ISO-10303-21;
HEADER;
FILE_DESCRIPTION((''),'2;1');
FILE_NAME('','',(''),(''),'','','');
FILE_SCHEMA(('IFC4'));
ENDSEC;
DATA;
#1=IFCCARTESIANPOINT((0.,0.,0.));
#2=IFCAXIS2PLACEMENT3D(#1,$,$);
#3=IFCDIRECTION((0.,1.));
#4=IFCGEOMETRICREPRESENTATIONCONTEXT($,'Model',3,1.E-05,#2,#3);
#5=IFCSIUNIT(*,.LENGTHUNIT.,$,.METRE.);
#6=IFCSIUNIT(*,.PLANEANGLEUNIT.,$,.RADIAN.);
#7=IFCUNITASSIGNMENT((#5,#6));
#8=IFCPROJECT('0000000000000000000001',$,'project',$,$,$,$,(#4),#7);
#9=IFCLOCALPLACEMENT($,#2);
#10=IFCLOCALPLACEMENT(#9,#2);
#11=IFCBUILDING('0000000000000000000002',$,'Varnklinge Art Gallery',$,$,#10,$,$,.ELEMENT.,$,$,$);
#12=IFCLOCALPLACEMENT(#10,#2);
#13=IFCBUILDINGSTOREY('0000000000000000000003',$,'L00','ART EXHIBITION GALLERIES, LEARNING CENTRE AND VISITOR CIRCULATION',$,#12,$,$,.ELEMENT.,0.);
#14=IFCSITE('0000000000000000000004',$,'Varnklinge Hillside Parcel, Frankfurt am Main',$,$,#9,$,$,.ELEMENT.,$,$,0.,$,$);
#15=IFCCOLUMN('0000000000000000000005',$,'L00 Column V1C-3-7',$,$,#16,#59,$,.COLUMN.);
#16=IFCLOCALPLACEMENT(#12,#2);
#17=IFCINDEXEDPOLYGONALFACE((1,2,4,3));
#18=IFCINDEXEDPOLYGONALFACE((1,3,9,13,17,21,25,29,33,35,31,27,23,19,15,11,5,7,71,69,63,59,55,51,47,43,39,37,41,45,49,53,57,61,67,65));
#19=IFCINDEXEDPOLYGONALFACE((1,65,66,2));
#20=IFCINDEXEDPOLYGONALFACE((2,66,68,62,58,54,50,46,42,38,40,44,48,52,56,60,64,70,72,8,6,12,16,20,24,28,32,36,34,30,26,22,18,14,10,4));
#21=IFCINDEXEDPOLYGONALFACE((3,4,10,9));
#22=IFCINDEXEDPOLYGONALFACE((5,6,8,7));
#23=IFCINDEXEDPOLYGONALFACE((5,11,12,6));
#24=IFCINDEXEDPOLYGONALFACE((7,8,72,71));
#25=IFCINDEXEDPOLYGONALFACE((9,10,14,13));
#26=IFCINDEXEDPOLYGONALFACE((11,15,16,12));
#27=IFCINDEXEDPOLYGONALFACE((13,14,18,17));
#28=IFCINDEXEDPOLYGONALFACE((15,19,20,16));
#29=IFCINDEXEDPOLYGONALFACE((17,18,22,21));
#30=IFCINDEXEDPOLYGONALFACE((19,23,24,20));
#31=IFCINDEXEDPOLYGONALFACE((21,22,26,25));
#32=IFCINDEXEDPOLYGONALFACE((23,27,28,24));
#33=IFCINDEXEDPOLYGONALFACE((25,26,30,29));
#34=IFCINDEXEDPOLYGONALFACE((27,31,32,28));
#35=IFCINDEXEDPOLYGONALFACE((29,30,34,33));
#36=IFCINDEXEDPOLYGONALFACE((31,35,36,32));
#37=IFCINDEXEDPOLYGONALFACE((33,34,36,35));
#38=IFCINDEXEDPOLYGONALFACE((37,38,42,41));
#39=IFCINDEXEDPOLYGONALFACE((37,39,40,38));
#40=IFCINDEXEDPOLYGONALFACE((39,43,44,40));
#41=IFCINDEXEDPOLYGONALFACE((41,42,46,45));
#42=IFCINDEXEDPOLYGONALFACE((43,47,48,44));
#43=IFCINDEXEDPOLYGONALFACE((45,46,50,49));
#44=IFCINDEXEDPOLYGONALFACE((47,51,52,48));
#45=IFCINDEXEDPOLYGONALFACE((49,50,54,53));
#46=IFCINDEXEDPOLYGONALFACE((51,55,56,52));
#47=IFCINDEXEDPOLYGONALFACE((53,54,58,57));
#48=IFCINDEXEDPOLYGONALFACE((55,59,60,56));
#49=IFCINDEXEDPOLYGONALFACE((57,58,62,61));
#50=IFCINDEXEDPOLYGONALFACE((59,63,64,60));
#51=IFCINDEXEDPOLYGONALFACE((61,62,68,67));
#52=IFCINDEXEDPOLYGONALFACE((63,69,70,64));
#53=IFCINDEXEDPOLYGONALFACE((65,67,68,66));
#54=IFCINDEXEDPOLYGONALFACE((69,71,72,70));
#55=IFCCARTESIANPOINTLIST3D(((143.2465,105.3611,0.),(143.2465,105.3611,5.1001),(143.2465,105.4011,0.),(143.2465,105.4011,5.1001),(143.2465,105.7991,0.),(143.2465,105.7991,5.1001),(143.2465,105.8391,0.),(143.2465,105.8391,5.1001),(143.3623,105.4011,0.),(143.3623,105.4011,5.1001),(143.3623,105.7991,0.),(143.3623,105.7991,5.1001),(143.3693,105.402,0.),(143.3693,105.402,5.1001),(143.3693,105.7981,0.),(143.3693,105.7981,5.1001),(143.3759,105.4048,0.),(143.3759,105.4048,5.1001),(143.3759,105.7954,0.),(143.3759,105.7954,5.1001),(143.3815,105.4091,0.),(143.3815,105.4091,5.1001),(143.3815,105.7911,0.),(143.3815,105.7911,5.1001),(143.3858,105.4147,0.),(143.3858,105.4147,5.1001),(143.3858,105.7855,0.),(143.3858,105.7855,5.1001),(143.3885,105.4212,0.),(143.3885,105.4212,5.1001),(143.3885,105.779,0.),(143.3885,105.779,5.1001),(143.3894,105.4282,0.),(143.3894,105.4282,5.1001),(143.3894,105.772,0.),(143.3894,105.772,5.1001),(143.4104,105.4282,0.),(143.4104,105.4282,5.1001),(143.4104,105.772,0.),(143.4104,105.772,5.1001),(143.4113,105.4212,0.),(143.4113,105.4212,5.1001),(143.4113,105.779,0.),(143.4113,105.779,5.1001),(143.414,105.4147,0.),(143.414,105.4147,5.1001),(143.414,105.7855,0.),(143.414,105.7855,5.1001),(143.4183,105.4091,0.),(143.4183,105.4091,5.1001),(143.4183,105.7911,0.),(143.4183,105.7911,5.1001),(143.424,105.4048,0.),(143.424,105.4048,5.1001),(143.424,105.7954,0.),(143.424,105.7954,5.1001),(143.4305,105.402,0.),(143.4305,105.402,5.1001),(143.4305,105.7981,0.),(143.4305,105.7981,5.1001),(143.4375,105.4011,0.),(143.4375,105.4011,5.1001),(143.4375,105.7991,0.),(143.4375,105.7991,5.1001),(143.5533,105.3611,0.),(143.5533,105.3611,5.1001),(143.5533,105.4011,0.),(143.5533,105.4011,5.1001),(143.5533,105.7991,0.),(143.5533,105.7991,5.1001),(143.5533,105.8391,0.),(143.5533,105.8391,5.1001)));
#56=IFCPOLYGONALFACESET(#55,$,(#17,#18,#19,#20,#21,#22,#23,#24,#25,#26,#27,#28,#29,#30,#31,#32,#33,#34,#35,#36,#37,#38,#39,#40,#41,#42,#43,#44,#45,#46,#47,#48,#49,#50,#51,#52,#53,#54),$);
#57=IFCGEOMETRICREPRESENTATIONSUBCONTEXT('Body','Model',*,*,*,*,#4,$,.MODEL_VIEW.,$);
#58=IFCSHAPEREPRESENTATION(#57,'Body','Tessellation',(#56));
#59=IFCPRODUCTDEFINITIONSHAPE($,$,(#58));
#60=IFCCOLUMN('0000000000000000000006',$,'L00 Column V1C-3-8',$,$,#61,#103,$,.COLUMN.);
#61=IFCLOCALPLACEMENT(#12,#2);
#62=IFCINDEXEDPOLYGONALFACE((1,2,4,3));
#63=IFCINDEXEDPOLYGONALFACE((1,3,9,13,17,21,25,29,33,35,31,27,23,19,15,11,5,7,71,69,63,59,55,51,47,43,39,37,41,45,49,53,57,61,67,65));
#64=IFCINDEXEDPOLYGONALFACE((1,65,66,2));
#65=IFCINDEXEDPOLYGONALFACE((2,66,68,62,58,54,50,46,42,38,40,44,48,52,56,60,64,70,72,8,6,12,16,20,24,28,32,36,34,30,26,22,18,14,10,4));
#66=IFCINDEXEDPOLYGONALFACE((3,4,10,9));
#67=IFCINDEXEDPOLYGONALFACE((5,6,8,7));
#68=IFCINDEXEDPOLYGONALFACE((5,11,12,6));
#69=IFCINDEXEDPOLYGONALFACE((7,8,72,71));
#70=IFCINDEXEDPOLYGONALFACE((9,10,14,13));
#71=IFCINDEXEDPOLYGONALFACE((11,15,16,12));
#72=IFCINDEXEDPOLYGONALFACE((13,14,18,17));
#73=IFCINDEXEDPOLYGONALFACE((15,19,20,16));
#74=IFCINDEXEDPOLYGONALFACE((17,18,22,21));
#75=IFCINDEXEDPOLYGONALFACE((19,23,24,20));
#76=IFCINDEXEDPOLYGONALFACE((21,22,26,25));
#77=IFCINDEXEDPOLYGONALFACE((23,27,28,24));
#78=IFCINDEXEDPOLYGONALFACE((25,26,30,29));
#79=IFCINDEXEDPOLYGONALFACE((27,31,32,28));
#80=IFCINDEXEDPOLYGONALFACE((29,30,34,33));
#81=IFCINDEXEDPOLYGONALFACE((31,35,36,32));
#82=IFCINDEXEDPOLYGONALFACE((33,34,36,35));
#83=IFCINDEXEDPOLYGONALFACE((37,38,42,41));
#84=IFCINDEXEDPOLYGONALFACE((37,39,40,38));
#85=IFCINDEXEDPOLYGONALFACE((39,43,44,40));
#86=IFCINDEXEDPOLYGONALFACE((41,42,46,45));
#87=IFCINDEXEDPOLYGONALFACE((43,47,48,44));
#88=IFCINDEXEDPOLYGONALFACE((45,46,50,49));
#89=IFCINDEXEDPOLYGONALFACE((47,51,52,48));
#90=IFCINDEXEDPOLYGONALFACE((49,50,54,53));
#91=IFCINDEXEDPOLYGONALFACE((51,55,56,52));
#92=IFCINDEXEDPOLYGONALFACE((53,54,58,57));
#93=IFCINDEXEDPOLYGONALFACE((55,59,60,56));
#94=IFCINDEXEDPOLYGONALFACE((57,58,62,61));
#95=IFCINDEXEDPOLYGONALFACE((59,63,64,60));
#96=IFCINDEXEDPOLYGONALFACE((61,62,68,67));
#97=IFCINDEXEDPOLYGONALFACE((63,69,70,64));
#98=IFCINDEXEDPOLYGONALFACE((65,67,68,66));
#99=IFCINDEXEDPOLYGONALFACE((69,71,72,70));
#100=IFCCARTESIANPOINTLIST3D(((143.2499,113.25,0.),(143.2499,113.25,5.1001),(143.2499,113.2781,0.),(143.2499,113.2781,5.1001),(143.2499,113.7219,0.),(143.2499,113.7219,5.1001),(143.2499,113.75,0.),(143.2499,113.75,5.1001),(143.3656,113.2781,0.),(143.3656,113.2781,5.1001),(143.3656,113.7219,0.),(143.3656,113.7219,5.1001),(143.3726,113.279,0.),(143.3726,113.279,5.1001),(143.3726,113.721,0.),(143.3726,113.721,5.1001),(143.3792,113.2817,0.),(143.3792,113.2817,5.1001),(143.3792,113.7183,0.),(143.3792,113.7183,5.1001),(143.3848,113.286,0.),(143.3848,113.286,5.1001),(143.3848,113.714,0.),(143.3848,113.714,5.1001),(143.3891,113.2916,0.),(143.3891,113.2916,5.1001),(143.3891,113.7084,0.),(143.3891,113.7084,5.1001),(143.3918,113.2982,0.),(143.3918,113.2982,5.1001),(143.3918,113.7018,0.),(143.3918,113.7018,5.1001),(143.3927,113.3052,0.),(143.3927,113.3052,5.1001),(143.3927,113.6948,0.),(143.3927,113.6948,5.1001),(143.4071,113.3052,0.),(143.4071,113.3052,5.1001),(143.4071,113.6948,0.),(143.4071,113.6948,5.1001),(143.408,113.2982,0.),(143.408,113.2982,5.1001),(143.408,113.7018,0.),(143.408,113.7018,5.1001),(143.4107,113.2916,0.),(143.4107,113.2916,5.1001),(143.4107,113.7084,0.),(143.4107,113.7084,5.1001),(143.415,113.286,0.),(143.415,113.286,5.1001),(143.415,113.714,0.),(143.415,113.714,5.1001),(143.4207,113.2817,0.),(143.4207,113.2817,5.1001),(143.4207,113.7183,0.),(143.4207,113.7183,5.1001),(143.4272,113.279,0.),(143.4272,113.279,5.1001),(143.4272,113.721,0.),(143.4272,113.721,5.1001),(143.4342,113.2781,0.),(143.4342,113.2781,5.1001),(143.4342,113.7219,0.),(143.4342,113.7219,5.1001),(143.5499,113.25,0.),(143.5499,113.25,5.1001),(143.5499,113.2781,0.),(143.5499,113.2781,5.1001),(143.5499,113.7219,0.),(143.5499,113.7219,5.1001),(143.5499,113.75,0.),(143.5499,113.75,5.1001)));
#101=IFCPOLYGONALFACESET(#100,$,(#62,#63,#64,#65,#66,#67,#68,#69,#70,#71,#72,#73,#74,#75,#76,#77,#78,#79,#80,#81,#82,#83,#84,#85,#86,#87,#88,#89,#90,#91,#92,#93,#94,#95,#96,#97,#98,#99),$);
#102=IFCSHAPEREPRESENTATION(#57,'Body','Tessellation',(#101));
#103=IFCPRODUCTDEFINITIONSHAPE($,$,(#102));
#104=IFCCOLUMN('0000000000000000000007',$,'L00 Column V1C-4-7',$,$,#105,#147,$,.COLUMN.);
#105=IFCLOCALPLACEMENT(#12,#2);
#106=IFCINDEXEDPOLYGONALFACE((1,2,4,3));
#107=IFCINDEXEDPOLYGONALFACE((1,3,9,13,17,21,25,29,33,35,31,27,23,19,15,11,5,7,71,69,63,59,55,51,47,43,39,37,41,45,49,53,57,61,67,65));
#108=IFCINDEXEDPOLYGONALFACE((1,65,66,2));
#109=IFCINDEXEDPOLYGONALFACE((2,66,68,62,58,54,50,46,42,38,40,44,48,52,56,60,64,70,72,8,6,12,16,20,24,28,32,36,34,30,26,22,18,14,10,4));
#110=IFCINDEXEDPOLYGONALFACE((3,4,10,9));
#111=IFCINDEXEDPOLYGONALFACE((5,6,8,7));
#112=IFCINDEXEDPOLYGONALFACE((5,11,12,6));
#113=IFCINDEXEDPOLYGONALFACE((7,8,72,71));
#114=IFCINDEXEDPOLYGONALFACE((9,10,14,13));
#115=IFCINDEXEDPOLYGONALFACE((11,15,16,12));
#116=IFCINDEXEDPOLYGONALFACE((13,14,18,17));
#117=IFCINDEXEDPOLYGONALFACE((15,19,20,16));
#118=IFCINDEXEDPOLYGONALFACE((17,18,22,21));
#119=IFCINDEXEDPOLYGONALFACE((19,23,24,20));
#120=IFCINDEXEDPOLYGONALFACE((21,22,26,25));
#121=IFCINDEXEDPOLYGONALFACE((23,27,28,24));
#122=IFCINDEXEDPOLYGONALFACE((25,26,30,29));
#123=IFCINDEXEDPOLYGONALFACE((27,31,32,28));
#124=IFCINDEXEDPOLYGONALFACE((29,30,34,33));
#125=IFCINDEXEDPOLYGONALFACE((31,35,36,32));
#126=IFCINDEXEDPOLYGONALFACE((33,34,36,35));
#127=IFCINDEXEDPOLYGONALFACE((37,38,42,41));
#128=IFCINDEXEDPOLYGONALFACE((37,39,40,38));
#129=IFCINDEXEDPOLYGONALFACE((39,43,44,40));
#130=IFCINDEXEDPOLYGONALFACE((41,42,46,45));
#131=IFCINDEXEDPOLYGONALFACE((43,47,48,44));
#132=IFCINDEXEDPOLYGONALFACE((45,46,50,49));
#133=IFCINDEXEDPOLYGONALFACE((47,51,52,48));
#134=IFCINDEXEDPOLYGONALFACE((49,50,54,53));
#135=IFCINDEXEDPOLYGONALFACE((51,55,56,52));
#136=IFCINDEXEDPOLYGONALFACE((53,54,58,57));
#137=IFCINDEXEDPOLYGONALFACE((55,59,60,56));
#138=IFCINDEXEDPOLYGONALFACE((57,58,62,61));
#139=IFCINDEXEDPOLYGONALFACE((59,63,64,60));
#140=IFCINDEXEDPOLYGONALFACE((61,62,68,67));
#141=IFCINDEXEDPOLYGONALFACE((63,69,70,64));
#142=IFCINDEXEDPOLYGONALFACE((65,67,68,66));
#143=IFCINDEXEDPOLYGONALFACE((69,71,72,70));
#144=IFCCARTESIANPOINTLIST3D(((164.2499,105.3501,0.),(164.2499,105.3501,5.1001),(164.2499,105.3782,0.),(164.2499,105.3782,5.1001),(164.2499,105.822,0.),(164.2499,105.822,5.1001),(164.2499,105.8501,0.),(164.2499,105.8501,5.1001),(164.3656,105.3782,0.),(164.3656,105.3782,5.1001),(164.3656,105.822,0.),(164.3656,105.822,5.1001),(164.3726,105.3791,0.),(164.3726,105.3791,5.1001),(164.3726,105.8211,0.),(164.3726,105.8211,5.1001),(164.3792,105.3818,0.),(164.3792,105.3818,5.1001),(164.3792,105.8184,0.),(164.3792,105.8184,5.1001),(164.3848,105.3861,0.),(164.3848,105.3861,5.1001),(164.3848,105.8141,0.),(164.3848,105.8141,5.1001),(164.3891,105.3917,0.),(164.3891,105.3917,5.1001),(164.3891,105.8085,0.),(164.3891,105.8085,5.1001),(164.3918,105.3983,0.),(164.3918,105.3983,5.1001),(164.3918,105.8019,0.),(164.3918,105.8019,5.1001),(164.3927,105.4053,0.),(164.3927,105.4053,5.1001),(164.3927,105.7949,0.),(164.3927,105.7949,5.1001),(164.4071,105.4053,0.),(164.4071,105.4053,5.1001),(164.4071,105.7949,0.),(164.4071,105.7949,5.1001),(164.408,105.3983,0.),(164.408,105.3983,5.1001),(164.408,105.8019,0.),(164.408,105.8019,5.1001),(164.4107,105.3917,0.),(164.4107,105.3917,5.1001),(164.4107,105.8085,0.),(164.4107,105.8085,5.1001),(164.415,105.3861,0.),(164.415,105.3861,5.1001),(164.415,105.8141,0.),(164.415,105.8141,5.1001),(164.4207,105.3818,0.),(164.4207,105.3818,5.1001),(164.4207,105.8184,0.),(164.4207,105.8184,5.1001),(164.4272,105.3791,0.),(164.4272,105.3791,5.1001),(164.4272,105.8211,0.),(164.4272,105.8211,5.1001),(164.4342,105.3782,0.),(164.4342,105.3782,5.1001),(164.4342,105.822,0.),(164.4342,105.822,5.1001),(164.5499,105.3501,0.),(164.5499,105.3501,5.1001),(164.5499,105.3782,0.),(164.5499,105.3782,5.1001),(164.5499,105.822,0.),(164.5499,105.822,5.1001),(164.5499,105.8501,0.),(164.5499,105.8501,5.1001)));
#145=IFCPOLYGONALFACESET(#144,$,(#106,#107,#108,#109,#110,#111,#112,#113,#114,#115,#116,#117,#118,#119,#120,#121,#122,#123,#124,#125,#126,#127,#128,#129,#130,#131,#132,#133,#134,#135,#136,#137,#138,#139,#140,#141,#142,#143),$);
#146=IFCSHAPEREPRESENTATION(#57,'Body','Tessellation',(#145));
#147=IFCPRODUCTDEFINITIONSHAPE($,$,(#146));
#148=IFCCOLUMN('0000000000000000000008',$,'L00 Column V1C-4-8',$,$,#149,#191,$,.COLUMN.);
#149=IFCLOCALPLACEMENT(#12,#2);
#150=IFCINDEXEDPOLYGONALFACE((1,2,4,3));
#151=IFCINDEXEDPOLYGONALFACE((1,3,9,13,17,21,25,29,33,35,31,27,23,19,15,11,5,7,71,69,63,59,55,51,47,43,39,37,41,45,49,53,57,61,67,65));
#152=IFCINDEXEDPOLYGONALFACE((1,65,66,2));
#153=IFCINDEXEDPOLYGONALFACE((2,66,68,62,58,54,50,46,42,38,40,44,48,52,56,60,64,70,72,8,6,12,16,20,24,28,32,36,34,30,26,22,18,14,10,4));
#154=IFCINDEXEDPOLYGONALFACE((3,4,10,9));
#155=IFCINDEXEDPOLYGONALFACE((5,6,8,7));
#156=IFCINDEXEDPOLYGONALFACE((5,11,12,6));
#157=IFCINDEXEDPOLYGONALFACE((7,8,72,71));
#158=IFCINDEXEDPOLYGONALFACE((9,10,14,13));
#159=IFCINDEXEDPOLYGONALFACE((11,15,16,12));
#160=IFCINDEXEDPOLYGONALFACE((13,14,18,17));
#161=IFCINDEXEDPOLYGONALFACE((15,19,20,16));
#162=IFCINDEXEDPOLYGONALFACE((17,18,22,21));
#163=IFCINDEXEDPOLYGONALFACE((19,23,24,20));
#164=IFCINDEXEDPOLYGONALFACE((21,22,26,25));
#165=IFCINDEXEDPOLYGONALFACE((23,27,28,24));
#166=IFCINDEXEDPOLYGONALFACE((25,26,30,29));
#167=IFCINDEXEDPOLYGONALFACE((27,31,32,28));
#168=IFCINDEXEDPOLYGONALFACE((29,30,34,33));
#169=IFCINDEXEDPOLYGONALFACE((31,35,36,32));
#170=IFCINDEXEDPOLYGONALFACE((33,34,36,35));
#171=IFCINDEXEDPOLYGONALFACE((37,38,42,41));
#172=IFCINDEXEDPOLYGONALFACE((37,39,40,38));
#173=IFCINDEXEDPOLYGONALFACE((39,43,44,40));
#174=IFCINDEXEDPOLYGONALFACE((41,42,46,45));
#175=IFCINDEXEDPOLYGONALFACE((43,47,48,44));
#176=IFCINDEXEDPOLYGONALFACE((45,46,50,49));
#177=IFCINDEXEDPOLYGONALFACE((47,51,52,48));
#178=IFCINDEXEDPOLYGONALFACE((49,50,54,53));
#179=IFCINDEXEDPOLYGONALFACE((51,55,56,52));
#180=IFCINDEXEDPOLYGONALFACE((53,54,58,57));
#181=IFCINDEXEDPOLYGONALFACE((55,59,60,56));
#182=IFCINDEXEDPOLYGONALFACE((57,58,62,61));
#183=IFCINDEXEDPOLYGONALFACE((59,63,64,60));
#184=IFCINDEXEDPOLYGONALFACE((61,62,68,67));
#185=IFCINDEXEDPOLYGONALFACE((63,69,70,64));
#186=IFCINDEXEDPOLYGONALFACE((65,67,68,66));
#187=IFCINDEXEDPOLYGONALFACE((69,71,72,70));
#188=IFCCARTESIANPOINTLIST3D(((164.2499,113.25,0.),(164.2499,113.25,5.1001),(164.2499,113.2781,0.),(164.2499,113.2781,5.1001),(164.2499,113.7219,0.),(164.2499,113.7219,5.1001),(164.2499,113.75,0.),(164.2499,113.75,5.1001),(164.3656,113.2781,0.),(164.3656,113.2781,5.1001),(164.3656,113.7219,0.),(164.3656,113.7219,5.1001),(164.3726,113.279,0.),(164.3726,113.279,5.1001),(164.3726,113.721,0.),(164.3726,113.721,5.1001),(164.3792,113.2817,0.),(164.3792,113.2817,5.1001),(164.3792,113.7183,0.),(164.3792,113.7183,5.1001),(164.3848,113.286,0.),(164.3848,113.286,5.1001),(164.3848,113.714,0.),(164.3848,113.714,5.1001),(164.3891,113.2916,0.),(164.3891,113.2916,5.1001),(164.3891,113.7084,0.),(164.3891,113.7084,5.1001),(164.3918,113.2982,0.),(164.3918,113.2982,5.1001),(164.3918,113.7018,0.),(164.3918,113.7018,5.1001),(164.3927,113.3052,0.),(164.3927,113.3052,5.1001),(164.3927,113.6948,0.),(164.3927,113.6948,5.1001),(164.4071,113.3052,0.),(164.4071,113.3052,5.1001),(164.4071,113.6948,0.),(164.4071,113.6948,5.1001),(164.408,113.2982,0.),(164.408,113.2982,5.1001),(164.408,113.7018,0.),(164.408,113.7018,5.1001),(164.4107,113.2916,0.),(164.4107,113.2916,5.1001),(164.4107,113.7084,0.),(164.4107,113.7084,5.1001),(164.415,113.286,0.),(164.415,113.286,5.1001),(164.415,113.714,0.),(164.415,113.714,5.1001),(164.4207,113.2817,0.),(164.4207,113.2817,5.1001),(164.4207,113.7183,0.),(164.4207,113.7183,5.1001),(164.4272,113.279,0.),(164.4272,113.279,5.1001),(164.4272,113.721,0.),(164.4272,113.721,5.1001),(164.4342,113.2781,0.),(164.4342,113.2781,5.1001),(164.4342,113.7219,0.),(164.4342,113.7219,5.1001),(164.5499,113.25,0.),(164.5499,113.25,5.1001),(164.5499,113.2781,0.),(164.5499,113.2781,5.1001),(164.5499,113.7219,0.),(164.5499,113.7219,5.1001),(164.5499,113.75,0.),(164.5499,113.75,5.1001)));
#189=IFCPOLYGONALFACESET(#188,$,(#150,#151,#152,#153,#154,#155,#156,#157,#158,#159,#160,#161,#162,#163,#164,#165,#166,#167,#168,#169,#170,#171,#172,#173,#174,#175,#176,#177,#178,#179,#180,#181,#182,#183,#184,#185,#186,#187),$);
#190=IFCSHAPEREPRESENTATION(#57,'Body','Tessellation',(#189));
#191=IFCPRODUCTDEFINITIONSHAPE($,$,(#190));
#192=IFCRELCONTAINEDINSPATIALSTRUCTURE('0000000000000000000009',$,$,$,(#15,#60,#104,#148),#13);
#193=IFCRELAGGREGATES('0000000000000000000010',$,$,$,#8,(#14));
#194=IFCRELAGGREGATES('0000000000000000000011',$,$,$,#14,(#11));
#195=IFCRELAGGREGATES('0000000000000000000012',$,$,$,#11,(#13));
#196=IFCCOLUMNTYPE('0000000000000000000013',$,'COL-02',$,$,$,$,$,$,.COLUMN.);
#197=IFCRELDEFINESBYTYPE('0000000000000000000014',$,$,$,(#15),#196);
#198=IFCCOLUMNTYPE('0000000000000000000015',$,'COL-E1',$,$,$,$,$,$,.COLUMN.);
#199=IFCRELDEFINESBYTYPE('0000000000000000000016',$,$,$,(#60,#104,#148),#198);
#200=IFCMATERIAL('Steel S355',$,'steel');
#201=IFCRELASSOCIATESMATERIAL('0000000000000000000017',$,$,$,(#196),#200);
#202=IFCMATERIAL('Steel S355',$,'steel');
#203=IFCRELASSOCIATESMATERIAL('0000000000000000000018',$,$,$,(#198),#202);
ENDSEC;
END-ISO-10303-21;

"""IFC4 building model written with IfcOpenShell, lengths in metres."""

from ifc_helpers import new_model, si_unit, direction, frame, origin, origin_2d, place, context, subcontext, project, spatial, i_section, extrude, material, material_profile, profile_set, type_object, element, save


model = new_model("IFC4")

# Units and contexts
model_context = context("Model", 3, precision=1e-05, world=origin(), true_north=direction((0.0, 1.0)))
body_context = subcontext(model_context, "Body", "Model", "MODEL_VIEW")
ifc_project = project(units=[si_unit("LENGTHUNIT", "METRE"), si_unit("PLANEANGLEUNIT", "RADIAN")], contexts=[model_context])

# Site, building, storey
site_placement = place(None, origin())
site = spatial("IfcSite", under=ifc_project, at=site_placement, Name="Varnklinge Hillside Parcel, Frankfurt am Main", CompositionType="ELEMENT", RefElevation=0.0)
building_placement = place(site_placement, origin())
building = spatial("IfcBuilding", under=site, at=building_placement, Name="Varnklinge Art Gallery", CompositionType="ELEMENT")
storey_placement = place(building_placement, origin())
storey = spatial("IfcBuildingStorey", under=building, at=storey_placement, Name="L00", Description="ART EXHIBITION GALLERIES, LEARNING CENTRE AND VISITOR CIRCULATION", CompositionType="ELEMENT", Elevation=0.0)

# Columns
ifc_material_1 = material(Name="Steel S355", Category="steel")
ifc_material_profile_1 = material_profile(ifc_material_1, i_section(OverallWidth=0.3069, OverallDepth=0.478, WebThickness=0.021, FlangeThickness=0.04, FilletRadius=0.0271, at=origin_2d()), Name="HEM 450")
ifc_profile_set_1 = profile_set([ifc_material_profile_1], Name="Steel S355")
column_type_1 = type_object("IfcColumnType", Name="COL-02", PredefinedType="COLUMN", material=ifc_profile_set_1)
column_placement = place(storey_placement, frame((143.3999, 105.6001, 0.0), z_axis=(0.0, 0.0, 1.0), x_axis=(1.0, 0.0, 0.0)))
element("IfcColumn", 1, at=column_placement, inside=storey, type_object=column_type_1, Name="L00 Column V1C-3-7", PredefinedType="COLUMN", context=body_context, shape_type="SweptSolid", body=[
    extrude(i_section(OverallWidth=0.3069, OverallDepth=0.478, WebThickness=0.021, FlangeThickness=0.04, FilletRadius=0.0271, at=origin_2d()), origin(), (0.0, 0.0, 1.0), 5.1001),
])
ifc_material_2 = material(Name="Steel S355", Category="steel")
ifc_material_profile_2 = material_profile(ifc_material_2, i_section(OverallWidth=0.3, OverallDepth=0.5, WebThickness=0.0144, FlangeThickness=0.0281, FilletRadius=0.0271, at=origin_2d()), Name="HEB 500")
ifc_profile_set_2 = profile_set([ifc_material_profile_2], Name="Steel S355")
column_type_2 = type_object("IfcColumnType", Name="COL-E1", PredefinedType="COLUMN", material=ifc_profile_set_2)
for number, where, z_axis, x_axis, name in (
    (2, (143.3999, 113.5, 0.0), (0.0, 0.0, 1.0), (1.0, 0.0, 0.0), "L00 Column V1C-3-8"),
    (3, (164.3999, 105.6001, 0.0), (0.0, 0.0, 1.0), (1.0, 0.0, 0.0), "L00 Column V1C-4-7"),
    (4, (164.3999, 113.5, 0.0), (0.0, 0.0, 1.0), (1.0, 0.0, 0.0), "L00 Column V1C-4-8"),
):
    element("IfcColumn", number, at=place(storey_placement, frame(where, z_axis=z_axis, x_axis=x_axis)), inside=storey, type_object=column_type_2, Name=name, PredefinedType="COLUMN", context=body_context, shape_type="SweptSolid", body=[
        extrude(i_section(OverallWidth=0.3, OverallDepth=0.5, WebThickness=0.0144, FlangeThickness=0.0281, FilletRadius=0.0271, at=origin_2d()), origin(), (0.0, 0.0, 1.0), 5.1001),
    ])

save(model, "model.ifc")
